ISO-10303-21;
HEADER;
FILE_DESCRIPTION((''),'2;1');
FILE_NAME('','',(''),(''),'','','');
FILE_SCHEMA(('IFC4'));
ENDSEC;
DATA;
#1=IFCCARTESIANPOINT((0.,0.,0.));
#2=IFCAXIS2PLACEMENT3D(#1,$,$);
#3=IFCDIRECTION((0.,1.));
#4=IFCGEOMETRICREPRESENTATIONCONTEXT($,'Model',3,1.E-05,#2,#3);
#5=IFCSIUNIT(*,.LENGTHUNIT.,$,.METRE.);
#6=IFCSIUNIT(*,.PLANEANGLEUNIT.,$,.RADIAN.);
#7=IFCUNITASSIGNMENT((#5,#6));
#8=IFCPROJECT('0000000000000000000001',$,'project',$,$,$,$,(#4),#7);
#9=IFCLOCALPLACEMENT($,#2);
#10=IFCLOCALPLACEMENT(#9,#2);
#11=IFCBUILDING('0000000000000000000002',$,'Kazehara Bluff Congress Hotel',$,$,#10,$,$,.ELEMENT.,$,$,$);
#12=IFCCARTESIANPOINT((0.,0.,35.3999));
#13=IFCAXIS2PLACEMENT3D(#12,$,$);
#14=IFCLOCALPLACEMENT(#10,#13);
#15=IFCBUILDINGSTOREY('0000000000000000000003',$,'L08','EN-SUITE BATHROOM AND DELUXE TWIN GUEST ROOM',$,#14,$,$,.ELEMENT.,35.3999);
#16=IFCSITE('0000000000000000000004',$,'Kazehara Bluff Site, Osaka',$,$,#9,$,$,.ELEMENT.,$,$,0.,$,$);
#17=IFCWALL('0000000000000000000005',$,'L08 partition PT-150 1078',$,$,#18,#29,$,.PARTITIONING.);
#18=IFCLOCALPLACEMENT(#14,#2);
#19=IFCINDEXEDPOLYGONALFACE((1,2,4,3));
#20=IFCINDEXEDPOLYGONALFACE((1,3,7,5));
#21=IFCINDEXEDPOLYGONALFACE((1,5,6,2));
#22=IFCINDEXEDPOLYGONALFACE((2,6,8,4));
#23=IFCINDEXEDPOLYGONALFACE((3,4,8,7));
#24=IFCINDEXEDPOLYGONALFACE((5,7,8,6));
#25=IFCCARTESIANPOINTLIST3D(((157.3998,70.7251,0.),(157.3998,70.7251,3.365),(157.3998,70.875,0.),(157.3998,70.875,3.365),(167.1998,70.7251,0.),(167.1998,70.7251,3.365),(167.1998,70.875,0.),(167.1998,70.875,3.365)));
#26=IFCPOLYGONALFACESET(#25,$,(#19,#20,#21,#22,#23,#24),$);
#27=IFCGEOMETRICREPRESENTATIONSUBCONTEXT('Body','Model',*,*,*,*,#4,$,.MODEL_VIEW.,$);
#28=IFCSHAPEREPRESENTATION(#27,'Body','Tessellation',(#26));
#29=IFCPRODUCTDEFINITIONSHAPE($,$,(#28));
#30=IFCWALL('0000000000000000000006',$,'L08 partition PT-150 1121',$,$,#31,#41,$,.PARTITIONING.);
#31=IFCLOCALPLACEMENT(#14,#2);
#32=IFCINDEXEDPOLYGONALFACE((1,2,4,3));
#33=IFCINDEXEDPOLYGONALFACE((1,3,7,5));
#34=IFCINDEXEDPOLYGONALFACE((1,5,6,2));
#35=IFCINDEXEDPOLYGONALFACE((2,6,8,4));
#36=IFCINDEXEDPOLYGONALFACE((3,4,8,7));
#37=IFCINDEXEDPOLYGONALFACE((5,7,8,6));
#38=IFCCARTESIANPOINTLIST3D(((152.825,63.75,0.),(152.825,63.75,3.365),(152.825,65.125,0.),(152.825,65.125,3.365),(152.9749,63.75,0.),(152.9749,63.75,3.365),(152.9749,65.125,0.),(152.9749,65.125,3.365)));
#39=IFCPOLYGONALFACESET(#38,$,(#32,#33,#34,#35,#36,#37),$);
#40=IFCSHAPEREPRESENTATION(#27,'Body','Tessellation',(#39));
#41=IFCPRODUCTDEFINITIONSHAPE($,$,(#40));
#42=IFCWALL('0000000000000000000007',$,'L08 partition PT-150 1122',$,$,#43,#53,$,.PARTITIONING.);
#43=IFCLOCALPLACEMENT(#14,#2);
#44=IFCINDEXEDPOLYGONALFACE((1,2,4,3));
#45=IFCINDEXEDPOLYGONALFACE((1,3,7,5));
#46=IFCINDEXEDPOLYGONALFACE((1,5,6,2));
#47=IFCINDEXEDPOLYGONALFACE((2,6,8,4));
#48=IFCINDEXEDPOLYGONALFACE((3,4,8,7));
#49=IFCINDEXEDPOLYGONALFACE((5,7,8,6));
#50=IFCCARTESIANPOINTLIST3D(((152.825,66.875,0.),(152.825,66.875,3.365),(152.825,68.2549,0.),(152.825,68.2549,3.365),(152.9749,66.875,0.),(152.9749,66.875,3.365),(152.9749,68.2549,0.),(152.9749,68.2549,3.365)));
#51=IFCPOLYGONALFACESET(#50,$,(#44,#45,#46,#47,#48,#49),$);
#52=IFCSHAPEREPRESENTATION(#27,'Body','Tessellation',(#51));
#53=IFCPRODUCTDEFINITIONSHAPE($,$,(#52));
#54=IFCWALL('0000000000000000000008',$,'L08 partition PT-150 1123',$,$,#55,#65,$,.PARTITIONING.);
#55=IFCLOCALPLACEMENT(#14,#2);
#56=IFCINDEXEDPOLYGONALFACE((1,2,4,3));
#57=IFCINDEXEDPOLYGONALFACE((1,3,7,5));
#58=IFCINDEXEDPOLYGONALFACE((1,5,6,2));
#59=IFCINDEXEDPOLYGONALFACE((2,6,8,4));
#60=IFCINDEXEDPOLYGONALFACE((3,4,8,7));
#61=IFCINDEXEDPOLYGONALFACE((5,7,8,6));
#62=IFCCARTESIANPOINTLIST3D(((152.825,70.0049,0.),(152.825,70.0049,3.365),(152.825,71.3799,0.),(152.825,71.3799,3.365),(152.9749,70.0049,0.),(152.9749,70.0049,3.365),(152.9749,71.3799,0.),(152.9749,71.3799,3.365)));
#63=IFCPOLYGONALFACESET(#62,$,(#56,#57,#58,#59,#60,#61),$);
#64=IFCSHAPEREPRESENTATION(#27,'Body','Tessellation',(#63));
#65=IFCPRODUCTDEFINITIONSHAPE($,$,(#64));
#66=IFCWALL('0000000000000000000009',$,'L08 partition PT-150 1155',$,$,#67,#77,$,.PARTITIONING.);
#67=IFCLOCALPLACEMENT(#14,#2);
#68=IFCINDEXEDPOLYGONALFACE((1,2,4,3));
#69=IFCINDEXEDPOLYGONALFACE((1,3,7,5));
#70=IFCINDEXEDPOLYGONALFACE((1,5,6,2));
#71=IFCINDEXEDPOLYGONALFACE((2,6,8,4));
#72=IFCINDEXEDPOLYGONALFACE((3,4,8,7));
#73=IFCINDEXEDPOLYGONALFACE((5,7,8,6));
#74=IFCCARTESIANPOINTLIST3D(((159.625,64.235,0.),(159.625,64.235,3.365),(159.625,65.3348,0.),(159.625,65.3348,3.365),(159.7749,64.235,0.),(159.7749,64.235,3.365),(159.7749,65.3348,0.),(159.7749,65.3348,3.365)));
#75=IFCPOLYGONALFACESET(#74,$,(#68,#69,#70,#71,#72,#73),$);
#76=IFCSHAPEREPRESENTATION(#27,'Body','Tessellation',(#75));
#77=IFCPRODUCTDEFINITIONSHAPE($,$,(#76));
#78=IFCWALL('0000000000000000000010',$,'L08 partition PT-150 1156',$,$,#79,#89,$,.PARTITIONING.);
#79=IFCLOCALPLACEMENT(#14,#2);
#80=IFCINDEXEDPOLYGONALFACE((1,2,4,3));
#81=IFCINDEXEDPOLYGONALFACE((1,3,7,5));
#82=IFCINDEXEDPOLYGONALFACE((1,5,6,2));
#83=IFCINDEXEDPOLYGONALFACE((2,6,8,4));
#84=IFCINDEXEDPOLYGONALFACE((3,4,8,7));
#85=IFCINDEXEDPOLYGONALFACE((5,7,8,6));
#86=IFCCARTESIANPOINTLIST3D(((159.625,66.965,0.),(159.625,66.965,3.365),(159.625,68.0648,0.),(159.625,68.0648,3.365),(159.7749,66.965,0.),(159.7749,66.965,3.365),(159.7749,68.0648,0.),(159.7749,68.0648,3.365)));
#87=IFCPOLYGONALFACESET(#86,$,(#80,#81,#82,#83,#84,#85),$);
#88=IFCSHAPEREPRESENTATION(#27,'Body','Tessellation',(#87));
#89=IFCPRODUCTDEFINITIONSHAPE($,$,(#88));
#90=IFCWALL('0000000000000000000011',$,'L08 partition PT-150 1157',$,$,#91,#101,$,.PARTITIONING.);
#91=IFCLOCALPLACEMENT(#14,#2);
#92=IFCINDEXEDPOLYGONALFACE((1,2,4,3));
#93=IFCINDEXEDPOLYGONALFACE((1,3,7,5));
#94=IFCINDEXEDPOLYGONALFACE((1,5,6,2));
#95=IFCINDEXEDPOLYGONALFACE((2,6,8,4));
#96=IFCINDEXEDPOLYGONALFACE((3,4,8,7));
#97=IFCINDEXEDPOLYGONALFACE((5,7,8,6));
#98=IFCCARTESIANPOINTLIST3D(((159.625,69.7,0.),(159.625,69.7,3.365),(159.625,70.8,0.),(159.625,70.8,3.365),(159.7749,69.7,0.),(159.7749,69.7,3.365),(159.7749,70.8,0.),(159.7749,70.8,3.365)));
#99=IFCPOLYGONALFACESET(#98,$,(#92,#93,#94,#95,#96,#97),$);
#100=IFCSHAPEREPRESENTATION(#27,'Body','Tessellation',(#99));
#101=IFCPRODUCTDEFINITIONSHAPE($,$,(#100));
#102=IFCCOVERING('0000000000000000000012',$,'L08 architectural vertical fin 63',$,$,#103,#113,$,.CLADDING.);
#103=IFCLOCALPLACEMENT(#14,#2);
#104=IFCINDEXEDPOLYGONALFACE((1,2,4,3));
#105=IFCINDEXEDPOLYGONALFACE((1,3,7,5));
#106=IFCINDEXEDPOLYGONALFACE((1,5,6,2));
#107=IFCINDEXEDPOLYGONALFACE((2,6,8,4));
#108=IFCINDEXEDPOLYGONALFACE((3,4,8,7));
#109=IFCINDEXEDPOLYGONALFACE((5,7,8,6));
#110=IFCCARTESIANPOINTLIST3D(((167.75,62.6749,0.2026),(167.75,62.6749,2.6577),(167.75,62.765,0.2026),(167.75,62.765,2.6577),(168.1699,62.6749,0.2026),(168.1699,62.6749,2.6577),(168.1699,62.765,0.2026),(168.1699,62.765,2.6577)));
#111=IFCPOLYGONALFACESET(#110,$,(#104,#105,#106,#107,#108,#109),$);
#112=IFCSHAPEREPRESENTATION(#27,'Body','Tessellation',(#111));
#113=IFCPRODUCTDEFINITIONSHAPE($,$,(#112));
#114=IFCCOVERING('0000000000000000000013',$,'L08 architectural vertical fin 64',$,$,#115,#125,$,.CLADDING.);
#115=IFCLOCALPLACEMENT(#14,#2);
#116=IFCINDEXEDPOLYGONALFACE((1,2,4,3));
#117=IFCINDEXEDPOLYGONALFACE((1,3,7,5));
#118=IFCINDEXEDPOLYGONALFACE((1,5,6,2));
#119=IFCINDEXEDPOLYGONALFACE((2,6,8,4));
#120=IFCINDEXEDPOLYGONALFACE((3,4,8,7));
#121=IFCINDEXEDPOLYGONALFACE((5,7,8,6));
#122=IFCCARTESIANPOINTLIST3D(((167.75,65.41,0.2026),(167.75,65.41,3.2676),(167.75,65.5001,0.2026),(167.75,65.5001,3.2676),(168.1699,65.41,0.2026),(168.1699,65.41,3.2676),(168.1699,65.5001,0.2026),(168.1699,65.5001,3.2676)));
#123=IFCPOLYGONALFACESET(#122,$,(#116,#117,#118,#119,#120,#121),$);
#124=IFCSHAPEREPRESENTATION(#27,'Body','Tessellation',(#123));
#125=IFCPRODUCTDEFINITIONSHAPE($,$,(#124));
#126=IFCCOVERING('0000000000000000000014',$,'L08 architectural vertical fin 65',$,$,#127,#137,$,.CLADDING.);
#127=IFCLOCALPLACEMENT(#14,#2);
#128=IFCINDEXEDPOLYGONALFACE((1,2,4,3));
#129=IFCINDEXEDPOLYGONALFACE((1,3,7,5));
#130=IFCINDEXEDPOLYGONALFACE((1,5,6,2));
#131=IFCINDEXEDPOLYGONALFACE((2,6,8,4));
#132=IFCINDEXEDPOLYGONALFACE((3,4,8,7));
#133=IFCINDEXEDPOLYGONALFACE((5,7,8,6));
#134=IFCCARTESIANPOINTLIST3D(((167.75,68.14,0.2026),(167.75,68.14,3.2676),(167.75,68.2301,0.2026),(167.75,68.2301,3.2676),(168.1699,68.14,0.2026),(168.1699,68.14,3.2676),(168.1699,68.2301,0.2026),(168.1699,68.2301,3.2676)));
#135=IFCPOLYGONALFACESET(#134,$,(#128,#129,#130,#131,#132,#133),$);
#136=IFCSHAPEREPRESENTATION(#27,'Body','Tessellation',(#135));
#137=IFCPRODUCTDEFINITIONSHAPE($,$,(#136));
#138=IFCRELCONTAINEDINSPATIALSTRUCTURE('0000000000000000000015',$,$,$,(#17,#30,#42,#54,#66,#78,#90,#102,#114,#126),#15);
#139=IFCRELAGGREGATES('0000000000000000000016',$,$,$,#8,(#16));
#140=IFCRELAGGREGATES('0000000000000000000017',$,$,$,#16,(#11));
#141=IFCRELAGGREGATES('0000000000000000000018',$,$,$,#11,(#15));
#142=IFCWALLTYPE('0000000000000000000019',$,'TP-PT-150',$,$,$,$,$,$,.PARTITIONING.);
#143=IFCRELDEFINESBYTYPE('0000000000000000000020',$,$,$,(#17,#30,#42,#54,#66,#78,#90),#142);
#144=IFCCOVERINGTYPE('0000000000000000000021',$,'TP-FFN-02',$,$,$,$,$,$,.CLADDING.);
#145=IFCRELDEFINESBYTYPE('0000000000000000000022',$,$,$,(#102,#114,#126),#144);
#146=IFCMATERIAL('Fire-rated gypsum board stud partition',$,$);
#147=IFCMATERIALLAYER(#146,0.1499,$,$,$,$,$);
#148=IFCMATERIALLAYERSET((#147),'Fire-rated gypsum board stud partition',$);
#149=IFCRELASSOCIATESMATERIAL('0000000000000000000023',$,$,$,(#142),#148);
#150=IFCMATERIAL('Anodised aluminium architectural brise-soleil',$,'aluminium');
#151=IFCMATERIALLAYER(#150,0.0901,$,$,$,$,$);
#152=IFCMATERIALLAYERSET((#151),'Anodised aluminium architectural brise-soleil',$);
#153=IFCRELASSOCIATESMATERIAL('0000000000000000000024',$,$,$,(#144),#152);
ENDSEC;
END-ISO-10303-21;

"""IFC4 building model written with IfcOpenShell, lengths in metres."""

from ifc_helpers import new_model, si_unit, direction, frame, frame_2d, origin, origin_2d, place, context, subcontext, project, spatial, rectangle, extrude, material, layer, layer_set, type_object, element, save


model = new_model("IFC4")

# Units and contexts
model_context = context("Model", 3, precision=1e-05, world=origin(), true_north=direction((0.0, 1.0)))
body_context = subcontext(model_context, "Body", "Model", "MODEL_VIEW")
ifc_project = project(units=[si_unit("LENGTHUNIT", "METRE"), si_unit("PLANEANGLEUNIT", "RADIAN")], contexts=[model_context])

# Site, building, storey
site_placement = place(None, origin())
site = spatial("IfcSite", under=ifc_project, at=site_placement, Name="Kazehara Bluff Site, Osaka", CompositionType="ELEMENT", RefElevation=0.0)
building_placement = place(site_placement, origin())
building = spatial("IfcBuilding", under=site, at=building_placement, Name="Kazehara Bluff Congress Hotel", CompositionType="ELEMENT")
storey_placement = place(building_placement, frame((0.0, 0.0, 35.3999)))
storey = spatial("IfcBuildingStorey", under=building, at=storey_placement, Name="L08", Description="EN-SUITE BATHROOM AND DELUXE TWIN GUEST ROOM", CompositionType="ELEMENT", Elevation=35.3999)

# Shared definitions
ifc_material_1 = material(Name="Fire-rated gypsum board stud partition")
ifc_layer_1 = layer(ifc_material_1, 0.1499)
ifc_layer_set_1 = layer_set([ifc_layer_1], Name="Fire-rated gypsum board stud partition")
wall_type_1 = type_object("IfcWallType", Name="TP-PT-150", PredefinedType="PARTITIONING", material=ifc_layer_set_1)

# Walls
wall_1_placement = place(storey_placement, frame((157.3999, 70.8, 0.0), z_axis=(0.0, 0.0, 1.0), x_axis=(1.0, 0.0, 0.0)))
element("IfcWall", 1, at=wall_1_placement, inside=storey, type_object=wall_type_1, Name="L08 partition PT-150 1078", PredefinedType="PARTITIONING", context=body_context, shape_type="SweptSolid", body=[
    extrude(rectangle(XDim=9.8, YDim=0.1499, at=frame_2d((4.8999, 0.0))), origin(), (0.0, 0.0, 1.0), 3.365),
])
wall_2_placement = place(storey_placement, frame((152.8999, 63.75, 0.0), z_axis=(0.0, 0.0, 1.0), x_axis=(0.0, 1.0, 0.0)))
element("IfcWall", 2, at=wall_2_placement, inside=storey, type_object=wall_type_1, Name="L08 partition PT-150 1121", PredefinedType="PARTITIONING", context=body_context, shape_type="SweptSolid", body=[
    extrude(rectangle(XDim=1.375, YDim=0.1499, at=frame_2d((0.6875, 0.0))), origin(), (0.0, 0.0, 1.0), 3.365),
])
wall_3_placement = place(storey_placement, frame((152.8999, 66.875, 0.0), z_axis=(0.0, 0.0, 1.0), x_axis=(0.0, 1.0, 0.0)))
element("IfcWall", 3, at=wall_3_placement, inside=storey, type_object=wall_type_1, Name="L08 partition PT-150 1122", PredefinedType="PARTITIONING", context=body_context, shape_type="SweptSolid", body=[
    extrude(rectangle(XDim=1.3799, YDim=0.1499, at=frame_2d((0.6899, 0.0))), origin(), (0.0, 0.0, 1.0), 3.365),
])
wall_4_placement = place(storey_placement, frame((152.8999, 70.0049, 0.0), z_axis=(0.0, 0.0, 1.0), x_axis=(0.0, 1.0, 0.0)))
element("IfcWall", 4, at=wall_4_placement, inside=storey, type_object=wall_type_1, Name="L08 partition PT-150 1123", PredefinedType="PARTITIONING", context=body_context, shape_type="SweptSolid", body=[
    extrude(rectangle(XDim=1.375, YDim=0.1499, at=frame_2d((0.6875, 0.0))), origin(), (0.0, 0.0, 1.0), 3.365),
])
for number, where, z_axis, x_axis, name in (
    (5, (159.7, 64.2351, 0.0), (0.0, 0.0, 1.0), (0.0, 1.0, 0.0), "L08 partition PT-150 1155"),
    (6, (159.7, 66.9651, 0.0), (0.0, 0.0, 1.0), (0.0, 1.0, 0.0), "L08 partition PT-150 1156"),
):
    element("IfcWall", number, at=place(storey_placement, frame(where, z_axis=z_axis, x_axis=x_axis)), inside=storey, type_object=wall_type_1, Name=name, PredefinedType="PARTITIONING", context=body_context, shape_type="SweptSolid", body=[
        extrude(rectangle(XDim=1.0999, YDim=0.1499, at=frame_2d((0.5498, 0.0))), origin(), (0.0, 0.0, 1.0), 3.365),
    ])
wall_5_placement = place(storey_placement, frame((159.7, 69.7, 0.0), z_axis=(0.0, 0.0, 1.0), x_axis=(0.0, 1.0, 0.0)))
element("IfcWall", 7, at=wall_5_placement, inside=storey, type_object=wall_type_1, Name="L08 partition PT-150 1157", PredefinedType="PARTITIONING", context=body_context, shape_type="SweptSolid", body=[
    extrude(rectangle(XDim=1.1001, YDim=0.1499, at=frame_2d((0.55, 0.0))), origin(), (0.0, 0.0, 1.0), 3.365),
])

# Coverings
ifc_material_2 = material(Name="Anodised aluminium architectural brise-soleil", Category="aluminium")
ifc_layer_2 = layer(ifc_material_2, 0.0901)
ifc_layer_set_2 = layer_set([ifc_layer_2], Name="Anodised aluminium architectural brise-soleil")
covering_type = type_object("IfcCoveringType", Name="TP-FFN-02", PredefinedType="CLADDING", material=ifc_layer_set_2)
covering_placement = place(storey_placement, frame((167.96, 62.72, 0.2026), z_axis=(0.0, 0.0, 1.0), x_axis=(1.0, 0.0, 0.0)))
element("IfcCovering", 8, at=covering_placement, inside=storey, type_object=covering_type, Name="L08 architectural vertical fin 63", PredefinedType="CLADDING", context=body_context, shape_type="SweptSolid", body=[
    extrude(rectangle(XDim=0.4199, YDim=0.0901, at=origin_2d()), origin(), (0.0, 0.0, 1.0), 2.4551),
])
for number, where, z_axis, x_axis, name in (
    (9, (167.96, 65.4551, 0.2026), (0.0, 0.0, 1.0), (1.0, 0.0, 0.0), "L08 architectural vertical fin 64"),
    (10, (167.96, 68.1851, 0.2026), (0.0, 0.0, 1.0), (1.0, 0.0, 0.0), "L08 architectural vertical fin 65"),
):
    element("IfcCovering", number, at=place(storey_placement, frame(where, z_axis=z_axis, x_axis=x_axis)), inside=storey, type_object=covering_type, Name=name, PredefinedType="CLADDING", context=body_context, shape_type="SweptSolid", body=[
        extrude(rectangle(XDim=0.4199, YDim=0.0901, at=origin_2d()), origin(), (0.0, 0.0, 1.0), 3.0649),
    ])

save(model, "model.ifc")
